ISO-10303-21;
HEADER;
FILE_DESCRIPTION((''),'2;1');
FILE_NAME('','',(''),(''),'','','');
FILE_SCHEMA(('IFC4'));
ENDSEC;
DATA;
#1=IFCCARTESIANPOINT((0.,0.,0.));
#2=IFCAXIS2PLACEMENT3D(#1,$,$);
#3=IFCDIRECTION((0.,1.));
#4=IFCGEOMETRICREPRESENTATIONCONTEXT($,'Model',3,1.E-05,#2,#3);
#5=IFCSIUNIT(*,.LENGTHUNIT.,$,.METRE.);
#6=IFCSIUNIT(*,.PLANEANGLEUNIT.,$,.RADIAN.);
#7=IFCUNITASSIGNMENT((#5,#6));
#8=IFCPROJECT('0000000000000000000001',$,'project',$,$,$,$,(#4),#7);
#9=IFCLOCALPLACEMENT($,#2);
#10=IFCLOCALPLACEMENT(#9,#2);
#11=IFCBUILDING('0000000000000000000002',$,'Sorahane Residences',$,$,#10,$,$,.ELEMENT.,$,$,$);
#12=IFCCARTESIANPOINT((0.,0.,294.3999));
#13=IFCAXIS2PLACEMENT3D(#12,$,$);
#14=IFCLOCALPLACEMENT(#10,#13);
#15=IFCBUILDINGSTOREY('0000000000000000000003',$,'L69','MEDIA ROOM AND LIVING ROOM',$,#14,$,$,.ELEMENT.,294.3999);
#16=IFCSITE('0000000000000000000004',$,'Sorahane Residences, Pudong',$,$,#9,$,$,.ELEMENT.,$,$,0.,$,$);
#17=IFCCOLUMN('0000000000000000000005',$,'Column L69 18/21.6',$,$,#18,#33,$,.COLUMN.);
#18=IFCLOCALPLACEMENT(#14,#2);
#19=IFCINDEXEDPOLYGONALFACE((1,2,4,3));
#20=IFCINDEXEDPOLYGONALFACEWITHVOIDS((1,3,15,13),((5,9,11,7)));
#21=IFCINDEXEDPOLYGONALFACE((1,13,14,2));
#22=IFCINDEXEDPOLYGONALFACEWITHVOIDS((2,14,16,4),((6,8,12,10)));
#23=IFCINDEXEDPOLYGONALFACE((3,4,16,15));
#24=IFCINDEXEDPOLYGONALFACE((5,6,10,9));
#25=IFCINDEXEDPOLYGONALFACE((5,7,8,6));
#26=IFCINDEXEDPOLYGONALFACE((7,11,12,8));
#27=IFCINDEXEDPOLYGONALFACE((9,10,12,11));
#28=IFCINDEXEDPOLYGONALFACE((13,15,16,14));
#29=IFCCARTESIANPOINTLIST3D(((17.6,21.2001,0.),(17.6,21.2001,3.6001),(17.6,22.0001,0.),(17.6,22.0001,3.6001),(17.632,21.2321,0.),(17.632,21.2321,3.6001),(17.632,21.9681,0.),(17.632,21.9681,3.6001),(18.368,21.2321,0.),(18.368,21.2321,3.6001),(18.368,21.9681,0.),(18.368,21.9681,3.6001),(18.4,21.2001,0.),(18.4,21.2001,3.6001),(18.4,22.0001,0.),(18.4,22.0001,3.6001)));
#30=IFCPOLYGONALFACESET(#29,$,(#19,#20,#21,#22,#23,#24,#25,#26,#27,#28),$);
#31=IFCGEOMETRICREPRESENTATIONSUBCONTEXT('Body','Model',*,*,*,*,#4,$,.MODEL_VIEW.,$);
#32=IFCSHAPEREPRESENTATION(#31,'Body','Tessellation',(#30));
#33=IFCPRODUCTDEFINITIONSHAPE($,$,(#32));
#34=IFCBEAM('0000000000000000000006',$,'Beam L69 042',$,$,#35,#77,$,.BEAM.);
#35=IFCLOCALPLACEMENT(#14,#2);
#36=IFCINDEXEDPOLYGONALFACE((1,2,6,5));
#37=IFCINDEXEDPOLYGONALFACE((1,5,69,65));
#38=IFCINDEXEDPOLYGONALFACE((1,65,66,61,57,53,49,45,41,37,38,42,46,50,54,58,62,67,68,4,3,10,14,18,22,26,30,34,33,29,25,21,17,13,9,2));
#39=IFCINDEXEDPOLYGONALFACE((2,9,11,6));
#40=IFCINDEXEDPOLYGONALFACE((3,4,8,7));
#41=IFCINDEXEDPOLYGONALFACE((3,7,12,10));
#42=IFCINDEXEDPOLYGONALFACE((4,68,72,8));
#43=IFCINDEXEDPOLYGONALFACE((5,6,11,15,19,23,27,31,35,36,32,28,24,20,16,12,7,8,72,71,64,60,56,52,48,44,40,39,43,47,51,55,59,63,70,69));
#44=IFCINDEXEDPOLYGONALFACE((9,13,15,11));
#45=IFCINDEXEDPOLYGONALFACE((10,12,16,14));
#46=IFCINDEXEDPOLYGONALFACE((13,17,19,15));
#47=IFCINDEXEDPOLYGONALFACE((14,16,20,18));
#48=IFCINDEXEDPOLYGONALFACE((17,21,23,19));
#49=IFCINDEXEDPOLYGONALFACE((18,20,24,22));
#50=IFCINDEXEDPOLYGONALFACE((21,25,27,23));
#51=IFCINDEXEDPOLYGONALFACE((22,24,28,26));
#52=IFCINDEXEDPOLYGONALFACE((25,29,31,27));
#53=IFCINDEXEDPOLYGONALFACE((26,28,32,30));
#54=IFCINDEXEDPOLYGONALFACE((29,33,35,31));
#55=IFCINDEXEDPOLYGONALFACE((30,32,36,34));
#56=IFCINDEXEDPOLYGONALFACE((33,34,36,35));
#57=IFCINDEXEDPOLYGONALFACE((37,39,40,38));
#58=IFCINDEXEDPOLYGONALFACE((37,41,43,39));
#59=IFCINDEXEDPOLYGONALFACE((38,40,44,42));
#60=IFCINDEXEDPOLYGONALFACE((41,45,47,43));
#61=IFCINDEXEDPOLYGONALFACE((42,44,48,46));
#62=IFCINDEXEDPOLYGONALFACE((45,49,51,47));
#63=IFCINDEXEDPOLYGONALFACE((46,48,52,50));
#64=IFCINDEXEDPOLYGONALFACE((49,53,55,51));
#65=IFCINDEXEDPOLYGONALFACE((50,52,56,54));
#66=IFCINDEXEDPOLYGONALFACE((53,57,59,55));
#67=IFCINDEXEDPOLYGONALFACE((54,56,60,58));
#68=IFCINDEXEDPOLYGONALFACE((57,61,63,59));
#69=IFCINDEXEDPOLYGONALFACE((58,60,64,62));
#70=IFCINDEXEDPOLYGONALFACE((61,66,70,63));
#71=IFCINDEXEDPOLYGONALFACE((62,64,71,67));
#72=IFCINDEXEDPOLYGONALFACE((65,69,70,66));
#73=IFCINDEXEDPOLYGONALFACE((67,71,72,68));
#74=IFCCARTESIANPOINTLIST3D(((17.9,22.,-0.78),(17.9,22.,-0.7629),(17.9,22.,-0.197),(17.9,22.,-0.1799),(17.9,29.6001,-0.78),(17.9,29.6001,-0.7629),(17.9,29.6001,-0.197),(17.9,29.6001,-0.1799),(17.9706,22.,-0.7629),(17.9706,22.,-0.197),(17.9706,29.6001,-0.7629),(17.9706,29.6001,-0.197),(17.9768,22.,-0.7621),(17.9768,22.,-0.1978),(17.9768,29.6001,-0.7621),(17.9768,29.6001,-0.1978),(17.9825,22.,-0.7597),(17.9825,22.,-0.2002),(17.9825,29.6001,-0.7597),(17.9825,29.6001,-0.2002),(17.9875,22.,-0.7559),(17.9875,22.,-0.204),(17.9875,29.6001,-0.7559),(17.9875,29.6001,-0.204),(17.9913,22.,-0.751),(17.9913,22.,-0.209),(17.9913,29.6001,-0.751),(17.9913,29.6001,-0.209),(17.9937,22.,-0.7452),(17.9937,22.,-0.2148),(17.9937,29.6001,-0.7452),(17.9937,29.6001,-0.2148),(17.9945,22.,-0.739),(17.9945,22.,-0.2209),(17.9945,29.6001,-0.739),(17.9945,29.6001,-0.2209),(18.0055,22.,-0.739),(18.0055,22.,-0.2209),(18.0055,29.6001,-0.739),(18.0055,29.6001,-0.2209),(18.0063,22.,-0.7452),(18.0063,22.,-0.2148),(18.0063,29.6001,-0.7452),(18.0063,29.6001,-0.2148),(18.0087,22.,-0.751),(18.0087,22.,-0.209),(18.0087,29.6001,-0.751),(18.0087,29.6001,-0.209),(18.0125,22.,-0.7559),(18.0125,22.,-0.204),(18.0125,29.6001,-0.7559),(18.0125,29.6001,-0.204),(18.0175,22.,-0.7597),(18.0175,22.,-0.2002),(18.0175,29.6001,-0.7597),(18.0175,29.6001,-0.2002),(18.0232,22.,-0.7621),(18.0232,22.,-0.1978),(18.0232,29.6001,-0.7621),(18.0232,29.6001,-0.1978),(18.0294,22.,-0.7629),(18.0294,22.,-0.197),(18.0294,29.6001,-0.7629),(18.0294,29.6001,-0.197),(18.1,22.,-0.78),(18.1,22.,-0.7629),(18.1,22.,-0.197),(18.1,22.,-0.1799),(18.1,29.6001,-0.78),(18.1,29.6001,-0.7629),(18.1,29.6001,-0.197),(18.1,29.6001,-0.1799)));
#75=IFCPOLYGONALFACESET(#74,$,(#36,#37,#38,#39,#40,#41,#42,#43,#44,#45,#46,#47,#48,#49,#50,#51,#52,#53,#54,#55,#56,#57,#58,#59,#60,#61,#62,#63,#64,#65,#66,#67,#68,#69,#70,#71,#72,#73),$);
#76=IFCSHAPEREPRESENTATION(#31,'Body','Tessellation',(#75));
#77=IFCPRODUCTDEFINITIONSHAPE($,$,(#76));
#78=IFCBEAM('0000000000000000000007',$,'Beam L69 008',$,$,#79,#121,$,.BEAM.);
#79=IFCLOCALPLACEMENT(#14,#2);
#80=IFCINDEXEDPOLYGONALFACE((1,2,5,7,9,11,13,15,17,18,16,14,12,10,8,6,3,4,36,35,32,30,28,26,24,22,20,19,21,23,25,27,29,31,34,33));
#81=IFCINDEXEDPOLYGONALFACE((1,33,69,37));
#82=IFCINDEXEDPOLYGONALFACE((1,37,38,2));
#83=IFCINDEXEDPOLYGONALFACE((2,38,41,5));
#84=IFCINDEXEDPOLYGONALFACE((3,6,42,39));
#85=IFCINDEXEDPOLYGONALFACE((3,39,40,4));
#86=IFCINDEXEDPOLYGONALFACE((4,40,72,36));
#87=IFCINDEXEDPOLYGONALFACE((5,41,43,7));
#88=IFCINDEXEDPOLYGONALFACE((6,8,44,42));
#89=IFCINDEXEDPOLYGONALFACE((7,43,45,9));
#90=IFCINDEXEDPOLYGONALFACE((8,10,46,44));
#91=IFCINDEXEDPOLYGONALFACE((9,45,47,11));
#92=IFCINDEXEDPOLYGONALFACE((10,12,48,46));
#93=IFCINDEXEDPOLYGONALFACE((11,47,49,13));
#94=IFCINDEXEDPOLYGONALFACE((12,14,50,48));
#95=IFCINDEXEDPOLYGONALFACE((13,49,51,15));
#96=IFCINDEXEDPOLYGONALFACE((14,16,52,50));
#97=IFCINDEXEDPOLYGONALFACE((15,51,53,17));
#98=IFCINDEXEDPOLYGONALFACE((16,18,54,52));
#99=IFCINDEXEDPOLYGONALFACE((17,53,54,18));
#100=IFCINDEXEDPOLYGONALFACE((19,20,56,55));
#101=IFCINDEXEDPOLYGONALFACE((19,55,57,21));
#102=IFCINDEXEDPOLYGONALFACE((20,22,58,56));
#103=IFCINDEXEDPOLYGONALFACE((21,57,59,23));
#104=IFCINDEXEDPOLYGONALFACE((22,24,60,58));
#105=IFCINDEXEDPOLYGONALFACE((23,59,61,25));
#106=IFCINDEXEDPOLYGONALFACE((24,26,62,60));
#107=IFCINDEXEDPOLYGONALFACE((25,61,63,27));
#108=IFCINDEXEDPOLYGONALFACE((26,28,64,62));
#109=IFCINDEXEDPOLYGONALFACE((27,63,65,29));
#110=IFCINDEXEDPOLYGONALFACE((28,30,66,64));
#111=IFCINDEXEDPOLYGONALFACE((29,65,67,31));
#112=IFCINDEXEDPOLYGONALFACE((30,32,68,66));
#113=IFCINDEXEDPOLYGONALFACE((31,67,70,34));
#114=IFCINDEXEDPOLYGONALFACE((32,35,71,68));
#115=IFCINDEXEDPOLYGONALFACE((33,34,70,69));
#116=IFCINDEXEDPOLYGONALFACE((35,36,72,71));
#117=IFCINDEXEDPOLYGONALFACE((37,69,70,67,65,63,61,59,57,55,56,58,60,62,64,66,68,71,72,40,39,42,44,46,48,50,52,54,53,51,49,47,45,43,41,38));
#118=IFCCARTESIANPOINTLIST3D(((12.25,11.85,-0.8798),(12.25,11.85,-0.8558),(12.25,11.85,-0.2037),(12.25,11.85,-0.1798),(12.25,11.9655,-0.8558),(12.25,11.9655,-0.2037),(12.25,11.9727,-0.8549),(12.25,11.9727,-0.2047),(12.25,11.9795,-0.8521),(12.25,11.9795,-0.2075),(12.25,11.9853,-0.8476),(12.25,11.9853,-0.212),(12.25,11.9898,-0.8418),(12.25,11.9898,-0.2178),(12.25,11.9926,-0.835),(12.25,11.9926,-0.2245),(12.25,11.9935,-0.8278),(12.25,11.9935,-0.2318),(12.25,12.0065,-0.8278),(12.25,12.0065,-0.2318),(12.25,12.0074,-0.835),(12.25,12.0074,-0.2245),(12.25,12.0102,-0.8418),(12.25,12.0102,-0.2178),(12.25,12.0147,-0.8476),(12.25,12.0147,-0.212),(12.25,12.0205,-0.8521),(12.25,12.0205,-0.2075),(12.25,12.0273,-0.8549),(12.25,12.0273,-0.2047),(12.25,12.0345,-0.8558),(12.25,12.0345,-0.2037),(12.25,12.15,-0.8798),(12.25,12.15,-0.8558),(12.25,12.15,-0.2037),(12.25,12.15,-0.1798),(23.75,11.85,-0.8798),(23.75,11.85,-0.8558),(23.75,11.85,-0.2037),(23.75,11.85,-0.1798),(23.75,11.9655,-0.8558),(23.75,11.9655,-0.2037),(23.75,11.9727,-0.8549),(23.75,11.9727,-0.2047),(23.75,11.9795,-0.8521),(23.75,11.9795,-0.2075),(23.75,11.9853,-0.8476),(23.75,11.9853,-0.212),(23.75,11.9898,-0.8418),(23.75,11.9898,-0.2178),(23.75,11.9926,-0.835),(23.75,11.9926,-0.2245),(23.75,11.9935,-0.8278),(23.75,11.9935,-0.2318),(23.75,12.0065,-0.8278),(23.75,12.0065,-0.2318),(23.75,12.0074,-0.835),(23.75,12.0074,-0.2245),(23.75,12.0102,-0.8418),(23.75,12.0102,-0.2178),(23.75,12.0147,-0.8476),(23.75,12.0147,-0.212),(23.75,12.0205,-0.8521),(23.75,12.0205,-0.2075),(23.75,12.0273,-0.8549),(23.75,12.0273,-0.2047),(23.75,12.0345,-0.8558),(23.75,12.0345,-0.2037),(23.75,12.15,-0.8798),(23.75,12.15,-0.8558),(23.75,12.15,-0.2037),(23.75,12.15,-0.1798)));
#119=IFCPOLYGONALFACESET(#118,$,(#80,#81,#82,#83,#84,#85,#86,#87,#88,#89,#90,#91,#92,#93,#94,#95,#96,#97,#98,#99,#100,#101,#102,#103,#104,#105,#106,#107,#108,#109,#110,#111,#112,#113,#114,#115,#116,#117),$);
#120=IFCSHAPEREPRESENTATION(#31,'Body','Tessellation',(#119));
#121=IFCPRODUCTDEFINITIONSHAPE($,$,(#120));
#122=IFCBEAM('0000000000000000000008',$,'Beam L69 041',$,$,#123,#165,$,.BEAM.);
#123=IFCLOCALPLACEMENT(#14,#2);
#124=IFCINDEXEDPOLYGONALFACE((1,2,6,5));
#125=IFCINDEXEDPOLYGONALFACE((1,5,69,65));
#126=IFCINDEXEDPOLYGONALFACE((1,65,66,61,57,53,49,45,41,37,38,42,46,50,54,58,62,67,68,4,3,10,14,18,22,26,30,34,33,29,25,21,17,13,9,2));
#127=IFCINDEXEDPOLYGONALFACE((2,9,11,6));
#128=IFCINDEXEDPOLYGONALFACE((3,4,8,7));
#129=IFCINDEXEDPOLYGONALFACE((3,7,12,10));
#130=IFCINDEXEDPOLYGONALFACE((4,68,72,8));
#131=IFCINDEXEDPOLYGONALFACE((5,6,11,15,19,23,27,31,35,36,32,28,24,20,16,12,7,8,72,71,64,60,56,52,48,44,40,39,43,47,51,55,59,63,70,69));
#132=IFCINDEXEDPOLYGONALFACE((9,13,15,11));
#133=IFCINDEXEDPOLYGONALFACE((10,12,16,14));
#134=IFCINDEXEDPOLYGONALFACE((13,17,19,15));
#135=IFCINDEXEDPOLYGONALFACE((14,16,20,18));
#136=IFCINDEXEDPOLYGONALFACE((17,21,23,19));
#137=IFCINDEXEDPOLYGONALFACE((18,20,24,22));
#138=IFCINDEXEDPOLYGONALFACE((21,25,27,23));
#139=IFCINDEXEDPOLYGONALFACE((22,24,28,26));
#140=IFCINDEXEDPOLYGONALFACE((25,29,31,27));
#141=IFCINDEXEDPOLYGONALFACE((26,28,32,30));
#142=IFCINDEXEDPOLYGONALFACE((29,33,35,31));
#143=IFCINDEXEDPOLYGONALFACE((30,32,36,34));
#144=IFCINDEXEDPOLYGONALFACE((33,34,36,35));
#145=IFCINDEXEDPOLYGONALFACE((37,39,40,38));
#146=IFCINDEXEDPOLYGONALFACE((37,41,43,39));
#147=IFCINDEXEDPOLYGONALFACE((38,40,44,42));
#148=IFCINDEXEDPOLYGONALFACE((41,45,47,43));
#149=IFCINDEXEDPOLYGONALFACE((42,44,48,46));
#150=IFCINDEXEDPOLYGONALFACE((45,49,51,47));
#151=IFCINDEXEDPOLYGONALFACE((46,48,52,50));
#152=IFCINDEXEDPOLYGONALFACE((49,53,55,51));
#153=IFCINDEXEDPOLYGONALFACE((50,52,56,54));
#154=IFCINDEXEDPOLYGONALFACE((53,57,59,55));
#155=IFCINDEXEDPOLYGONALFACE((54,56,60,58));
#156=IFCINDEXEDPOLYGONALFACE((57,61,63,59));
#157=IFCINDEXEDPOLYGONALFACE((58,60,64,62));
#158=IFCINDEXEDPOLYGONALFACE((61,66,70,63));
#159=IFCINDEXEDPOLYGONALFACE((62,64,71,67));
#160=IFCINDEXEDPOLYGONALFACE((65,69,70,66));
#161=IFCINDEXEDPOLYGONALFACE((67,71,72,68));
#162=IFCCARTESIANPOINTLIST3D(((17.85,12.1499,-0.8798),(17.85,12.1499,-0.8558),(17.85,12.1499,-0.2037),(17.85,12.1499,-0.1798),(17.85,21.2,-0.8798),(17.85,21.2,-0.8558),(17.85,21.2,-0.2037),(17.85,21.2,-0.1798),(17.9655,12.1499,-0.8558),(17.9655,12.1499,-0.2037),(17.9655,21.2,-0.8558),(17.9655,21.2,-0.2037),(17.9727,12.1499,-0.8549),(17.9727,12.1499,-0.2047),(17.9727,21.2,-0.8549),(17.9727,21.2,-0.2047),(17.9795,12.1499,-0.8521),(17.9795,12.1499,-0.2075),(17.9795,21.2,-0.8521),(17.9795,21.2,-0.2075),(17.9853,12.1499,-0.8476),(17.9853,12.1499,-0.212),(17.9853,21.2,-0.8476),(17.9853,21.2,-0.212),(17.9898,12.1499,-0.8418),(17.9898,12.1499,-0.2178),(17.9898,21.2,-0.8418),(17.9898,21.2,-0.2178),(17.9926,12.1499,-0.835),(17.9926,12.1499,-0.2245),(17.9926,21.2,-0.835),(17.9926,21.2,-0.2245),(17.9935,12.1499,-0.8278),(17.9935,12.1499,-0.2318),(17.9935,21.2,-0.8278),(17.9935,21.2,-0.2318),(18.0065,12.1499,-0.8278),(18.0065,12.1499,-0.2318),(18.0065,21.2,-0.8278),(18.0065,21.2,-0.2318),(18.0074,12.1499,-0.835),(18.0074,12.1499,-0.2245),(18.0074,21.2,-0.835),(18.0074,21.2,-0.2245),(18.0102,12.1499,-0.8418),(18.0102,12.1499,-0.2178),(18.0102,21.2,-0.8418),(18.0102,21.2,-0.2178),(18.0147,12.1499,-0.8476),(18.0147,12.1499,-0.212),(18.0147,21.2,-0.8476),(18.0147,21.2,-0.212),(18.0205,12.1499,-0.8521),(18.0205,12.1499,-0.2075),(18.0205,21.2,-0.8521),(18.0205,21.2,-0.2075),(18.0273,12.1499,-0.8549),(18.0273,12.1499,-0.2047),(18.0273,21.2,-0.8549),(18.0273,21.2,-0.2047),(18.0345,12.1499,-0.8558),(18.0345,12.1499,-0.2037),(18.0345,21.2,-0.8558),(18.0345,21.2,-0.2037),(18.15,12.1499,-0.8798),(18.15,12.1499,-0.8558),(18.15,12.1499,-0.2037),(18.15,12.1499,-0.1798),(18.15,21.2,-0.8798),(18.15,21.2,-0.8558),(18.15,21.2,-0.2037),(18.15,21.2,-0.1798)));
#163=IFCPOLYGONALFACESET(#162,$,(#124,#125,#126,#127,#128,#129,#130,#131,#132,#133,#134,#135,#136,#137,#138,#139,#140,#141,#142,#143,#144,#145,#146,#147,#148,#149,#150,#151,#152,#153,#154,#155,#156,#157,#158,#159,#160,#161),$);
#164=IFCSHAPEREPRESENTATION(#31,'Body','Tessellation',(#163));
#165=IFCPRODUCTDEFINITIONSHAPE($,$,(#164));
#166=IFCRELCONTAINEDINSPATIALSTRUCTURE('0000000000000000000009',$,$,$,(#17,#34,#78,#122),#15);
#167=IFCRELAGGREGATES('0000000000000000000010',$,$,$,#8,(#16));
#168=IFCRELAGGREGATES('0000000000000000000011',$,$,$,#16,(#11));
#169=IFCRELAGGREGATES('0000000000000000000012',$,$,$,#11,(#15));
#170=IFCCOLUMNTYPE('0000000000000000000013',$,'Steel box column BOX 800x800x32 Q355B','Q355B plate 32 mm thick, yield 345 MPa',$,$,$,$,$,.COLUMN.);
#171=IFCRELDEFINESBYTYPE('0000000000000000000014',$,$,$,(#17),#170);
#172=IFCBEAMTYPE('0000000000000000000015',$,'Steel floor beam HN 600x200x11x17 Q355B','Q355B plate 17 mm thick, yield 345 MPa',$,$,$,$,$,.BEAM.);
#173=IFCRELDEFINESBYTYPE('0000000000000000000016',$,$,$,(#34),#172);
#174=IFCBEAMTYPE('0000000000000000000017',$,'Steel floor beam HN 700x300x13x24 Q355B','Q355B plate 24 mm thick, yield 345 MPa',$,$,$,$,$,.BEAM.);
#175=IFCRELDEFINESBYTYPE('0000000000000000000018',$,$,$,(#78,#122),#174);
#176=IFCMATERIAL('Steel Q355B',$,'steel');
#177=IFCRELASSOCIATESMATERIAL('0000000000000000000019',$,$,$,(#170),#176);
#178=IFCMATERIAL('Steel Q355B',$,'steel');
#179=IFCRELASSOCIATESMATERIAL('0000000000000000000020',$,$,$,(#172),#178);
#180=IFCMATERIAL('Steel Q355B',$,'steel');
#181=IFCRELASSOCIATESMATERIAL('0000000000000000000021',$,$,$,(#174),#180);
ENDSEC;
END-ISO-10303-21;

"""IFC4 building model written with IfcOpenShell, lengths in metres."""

from ifc_helpers import new_model, si_unit, direction, frame, origin, origin_2d, place, context, subcontext, project, spatial, hollow_rectangle, i_section, extrude, material, material_profile, profile_set, type_object, element, save


model = new_model("IFC4")

# Units and contexts
model_context = context("Model", 3, precision=1e-05, world=origin(), true_north=direction((0.0, 1.0)))
body_context = subcontext(model_context, "Body", "Model", "MODEL_VIEW")
ifc_project = project(units=[si_unit("LENGTHUNIT", "METRE"), si_unit("PLANEANGLEUNIT", "RADIAN")], contexts=[model_context])

# Site, building, storey
site_placement = place(None, origin())
site = spatial("IfcSite", under=ifc_project, at=site_placement, Name="Sorahane Residences, Pudong", CompositionType="ELEMENT", RefElevation=0.0)
building_placement = place(site_placement, origin())
building = spatial("IfcBuilding", under=site, at=building_placement, Name="Sorahane Residences", CompositionType="ELEMENT")
storey_placement = place(building_placement, frame((0.0, 0.0, 294.3999)))
storey = spatial("IfcBuildingStorey", under=building, at=storey_placement, Name="L69", Description="MEDIA ROOM AND LIVING ROOM", CompositionType="ELEMENT", Elevation=294.3999)

# Column
ifc_material_1 = material(Name="Steel Q355B", Category="steel")
ifc_material_profile_1 = material_profile(ifc_material_1, hollow_rectangle(XDim=0.8, YDim=0.8, WallThickness=0.032, at=origin_2d()), Name="BOX 800x800x32")
ifc_profile_set_1 = profile_set([ifc_material_profile_1], Name="Steel Q355B")
column_type = type_object("IfcColumnType", Name="Steel box column BOX 800x800x32 Q355B", Description="Q355B plate 32 mm thick, yield 345 MPa", PredefinedType="COLUMN", material=ifc_profile_set_1)
column_placement = place(storey_placement, frame((18.0, 21.6001, 0.0), z_axis=(0.0, 0.0, 1.0), x_axis=(1.0, 0.0, 0.0)))
element("IfcColumn", 1, at=column_placement, inside=storey, type_object=column_type, Name="Column L69 18/21.6", PredefinedType="COLUMN", context=body_context, shape_type="SweptSolid", body=[
    extrude(hollow_rectangle(XDim=0.8, YDim=0.8, WallThickness=0.032, at=origin_2d()), origin(), (0.0, 0.0, 1.0), 3.6001),
])

# Beams
ifc_material_2 = material(Name="Steel Q355B", Category="steel")
ifc_material_profile_2 = material_profile(ifc_material_2, i_section(OverallWidth=0.2, OverallDepth=0.6001, WebThickness=0.011, FlangeThickness=0.0171, FilletRadius=0.0239, at=origin_2d()), Name="HN 600x200x11x17")
ifc_profile_set_2 = profile_set([ifc_material_profile_2], Name="Steel Q355B")
beam_type_1 = type_object("IfcBeamType", Name="Steel floor beam HN 600x200x11x17 Q355B", Description="Q355B plate 17 mm thick, yield 345 MPa", PredefinedType="BEAM", material=ifc_profile_set_2)
beam_1_placement = place(storey_placement, frame((18.0, 22.0, -0.48), z_axis=(0.0, 1.0, 0.0), x_axis=(-1.0, 0.0, 0.0)))
element("IfcBeam", 2, at=beam_1_placement, inside=storey, type_object=beam_type_1, Name="Beam L69 042", PredefinedType="BEAM", context=body_context, shape_type="SweptSolid", body=[
    extrude(i_section(OverallWidth=0.2, OverallDepth=0.6001, WebThickness=0.011, FlangeThickness=0.0171, FilletRadius=0.0239, at=origin_2d()), origin(), (0.0, 0.0, 1.0), 7.6001),
])
ifc_material_3 = material(Name="Steel Q355B", Category="steel")
ifc_material_profile_3 = material_profile(ifc_material_3, i_section(OverallWidth=0.3, OverallDepth=0.7, WebThickness=0.0129, FlangeThickness=0.0239, FilletRadius=0.0281, at=origin_2d()), Name="HN 700x300x13x24")
ifc_profile_set_3 = profile_set([ifc_material_profile_3], Name="Steel Q355B")
beam_type_2 = type_object("IfcBeamType", Name="Steel floor beam HN 700x300x13x24 Q355B", Description="Q355B plate 24 mm thick, yield 345 MPa", PredefinedType="BEAM", material=ifc_profile_set_3)
beam_2_placement = place(storey_placement, frame((12.25, 12.0, -0.5298), z_axis=(1.0, 0.0, 0.0), x_axis=(0.0, 1.0, 0.0)))
element("IfcBeam", 3, at=beam_2_placement, inside=storey, type_object=beam_type_2, Name="Beam L69 008", PredefinedType="BEAM", context=body_context, shape_type="SweptSolid", body=[
    extrude(i_section(OverallWidth=0.3, OverallDepth=0.7, WebThickness=0.0129, FlangeThickness=0.0239, FilletRadius=0.0281, at=origin_2d()), origin(), (0.0, 0.0, 1.0), 11.5),
])
beam_3_placement = place(storey_placement, frame((18.0, 12.1499, -0.5298), z_axis=(0.0, 1.0, 0.0), x_axis=(-1.0, 0.0, 0.0)))
element("IfcBeam", 4, at=beam_3_placement, inside=storey, type_object=beam_type_2, Name="Beam L69 041", PredefinedType="BEAM", context=body_context, shape_type="SweptSolid", body=[
    extrude(i_section(OverallWidth=0.3, OverallDepth=0.7, WebThickness=0.0129, FlangeThickness=0.0239, FilletRadius=0.0281, at=origin_2d()), origin(), (0.0, 0.0, 1.0), 9.05),
])

save(model, "model.ifc")
